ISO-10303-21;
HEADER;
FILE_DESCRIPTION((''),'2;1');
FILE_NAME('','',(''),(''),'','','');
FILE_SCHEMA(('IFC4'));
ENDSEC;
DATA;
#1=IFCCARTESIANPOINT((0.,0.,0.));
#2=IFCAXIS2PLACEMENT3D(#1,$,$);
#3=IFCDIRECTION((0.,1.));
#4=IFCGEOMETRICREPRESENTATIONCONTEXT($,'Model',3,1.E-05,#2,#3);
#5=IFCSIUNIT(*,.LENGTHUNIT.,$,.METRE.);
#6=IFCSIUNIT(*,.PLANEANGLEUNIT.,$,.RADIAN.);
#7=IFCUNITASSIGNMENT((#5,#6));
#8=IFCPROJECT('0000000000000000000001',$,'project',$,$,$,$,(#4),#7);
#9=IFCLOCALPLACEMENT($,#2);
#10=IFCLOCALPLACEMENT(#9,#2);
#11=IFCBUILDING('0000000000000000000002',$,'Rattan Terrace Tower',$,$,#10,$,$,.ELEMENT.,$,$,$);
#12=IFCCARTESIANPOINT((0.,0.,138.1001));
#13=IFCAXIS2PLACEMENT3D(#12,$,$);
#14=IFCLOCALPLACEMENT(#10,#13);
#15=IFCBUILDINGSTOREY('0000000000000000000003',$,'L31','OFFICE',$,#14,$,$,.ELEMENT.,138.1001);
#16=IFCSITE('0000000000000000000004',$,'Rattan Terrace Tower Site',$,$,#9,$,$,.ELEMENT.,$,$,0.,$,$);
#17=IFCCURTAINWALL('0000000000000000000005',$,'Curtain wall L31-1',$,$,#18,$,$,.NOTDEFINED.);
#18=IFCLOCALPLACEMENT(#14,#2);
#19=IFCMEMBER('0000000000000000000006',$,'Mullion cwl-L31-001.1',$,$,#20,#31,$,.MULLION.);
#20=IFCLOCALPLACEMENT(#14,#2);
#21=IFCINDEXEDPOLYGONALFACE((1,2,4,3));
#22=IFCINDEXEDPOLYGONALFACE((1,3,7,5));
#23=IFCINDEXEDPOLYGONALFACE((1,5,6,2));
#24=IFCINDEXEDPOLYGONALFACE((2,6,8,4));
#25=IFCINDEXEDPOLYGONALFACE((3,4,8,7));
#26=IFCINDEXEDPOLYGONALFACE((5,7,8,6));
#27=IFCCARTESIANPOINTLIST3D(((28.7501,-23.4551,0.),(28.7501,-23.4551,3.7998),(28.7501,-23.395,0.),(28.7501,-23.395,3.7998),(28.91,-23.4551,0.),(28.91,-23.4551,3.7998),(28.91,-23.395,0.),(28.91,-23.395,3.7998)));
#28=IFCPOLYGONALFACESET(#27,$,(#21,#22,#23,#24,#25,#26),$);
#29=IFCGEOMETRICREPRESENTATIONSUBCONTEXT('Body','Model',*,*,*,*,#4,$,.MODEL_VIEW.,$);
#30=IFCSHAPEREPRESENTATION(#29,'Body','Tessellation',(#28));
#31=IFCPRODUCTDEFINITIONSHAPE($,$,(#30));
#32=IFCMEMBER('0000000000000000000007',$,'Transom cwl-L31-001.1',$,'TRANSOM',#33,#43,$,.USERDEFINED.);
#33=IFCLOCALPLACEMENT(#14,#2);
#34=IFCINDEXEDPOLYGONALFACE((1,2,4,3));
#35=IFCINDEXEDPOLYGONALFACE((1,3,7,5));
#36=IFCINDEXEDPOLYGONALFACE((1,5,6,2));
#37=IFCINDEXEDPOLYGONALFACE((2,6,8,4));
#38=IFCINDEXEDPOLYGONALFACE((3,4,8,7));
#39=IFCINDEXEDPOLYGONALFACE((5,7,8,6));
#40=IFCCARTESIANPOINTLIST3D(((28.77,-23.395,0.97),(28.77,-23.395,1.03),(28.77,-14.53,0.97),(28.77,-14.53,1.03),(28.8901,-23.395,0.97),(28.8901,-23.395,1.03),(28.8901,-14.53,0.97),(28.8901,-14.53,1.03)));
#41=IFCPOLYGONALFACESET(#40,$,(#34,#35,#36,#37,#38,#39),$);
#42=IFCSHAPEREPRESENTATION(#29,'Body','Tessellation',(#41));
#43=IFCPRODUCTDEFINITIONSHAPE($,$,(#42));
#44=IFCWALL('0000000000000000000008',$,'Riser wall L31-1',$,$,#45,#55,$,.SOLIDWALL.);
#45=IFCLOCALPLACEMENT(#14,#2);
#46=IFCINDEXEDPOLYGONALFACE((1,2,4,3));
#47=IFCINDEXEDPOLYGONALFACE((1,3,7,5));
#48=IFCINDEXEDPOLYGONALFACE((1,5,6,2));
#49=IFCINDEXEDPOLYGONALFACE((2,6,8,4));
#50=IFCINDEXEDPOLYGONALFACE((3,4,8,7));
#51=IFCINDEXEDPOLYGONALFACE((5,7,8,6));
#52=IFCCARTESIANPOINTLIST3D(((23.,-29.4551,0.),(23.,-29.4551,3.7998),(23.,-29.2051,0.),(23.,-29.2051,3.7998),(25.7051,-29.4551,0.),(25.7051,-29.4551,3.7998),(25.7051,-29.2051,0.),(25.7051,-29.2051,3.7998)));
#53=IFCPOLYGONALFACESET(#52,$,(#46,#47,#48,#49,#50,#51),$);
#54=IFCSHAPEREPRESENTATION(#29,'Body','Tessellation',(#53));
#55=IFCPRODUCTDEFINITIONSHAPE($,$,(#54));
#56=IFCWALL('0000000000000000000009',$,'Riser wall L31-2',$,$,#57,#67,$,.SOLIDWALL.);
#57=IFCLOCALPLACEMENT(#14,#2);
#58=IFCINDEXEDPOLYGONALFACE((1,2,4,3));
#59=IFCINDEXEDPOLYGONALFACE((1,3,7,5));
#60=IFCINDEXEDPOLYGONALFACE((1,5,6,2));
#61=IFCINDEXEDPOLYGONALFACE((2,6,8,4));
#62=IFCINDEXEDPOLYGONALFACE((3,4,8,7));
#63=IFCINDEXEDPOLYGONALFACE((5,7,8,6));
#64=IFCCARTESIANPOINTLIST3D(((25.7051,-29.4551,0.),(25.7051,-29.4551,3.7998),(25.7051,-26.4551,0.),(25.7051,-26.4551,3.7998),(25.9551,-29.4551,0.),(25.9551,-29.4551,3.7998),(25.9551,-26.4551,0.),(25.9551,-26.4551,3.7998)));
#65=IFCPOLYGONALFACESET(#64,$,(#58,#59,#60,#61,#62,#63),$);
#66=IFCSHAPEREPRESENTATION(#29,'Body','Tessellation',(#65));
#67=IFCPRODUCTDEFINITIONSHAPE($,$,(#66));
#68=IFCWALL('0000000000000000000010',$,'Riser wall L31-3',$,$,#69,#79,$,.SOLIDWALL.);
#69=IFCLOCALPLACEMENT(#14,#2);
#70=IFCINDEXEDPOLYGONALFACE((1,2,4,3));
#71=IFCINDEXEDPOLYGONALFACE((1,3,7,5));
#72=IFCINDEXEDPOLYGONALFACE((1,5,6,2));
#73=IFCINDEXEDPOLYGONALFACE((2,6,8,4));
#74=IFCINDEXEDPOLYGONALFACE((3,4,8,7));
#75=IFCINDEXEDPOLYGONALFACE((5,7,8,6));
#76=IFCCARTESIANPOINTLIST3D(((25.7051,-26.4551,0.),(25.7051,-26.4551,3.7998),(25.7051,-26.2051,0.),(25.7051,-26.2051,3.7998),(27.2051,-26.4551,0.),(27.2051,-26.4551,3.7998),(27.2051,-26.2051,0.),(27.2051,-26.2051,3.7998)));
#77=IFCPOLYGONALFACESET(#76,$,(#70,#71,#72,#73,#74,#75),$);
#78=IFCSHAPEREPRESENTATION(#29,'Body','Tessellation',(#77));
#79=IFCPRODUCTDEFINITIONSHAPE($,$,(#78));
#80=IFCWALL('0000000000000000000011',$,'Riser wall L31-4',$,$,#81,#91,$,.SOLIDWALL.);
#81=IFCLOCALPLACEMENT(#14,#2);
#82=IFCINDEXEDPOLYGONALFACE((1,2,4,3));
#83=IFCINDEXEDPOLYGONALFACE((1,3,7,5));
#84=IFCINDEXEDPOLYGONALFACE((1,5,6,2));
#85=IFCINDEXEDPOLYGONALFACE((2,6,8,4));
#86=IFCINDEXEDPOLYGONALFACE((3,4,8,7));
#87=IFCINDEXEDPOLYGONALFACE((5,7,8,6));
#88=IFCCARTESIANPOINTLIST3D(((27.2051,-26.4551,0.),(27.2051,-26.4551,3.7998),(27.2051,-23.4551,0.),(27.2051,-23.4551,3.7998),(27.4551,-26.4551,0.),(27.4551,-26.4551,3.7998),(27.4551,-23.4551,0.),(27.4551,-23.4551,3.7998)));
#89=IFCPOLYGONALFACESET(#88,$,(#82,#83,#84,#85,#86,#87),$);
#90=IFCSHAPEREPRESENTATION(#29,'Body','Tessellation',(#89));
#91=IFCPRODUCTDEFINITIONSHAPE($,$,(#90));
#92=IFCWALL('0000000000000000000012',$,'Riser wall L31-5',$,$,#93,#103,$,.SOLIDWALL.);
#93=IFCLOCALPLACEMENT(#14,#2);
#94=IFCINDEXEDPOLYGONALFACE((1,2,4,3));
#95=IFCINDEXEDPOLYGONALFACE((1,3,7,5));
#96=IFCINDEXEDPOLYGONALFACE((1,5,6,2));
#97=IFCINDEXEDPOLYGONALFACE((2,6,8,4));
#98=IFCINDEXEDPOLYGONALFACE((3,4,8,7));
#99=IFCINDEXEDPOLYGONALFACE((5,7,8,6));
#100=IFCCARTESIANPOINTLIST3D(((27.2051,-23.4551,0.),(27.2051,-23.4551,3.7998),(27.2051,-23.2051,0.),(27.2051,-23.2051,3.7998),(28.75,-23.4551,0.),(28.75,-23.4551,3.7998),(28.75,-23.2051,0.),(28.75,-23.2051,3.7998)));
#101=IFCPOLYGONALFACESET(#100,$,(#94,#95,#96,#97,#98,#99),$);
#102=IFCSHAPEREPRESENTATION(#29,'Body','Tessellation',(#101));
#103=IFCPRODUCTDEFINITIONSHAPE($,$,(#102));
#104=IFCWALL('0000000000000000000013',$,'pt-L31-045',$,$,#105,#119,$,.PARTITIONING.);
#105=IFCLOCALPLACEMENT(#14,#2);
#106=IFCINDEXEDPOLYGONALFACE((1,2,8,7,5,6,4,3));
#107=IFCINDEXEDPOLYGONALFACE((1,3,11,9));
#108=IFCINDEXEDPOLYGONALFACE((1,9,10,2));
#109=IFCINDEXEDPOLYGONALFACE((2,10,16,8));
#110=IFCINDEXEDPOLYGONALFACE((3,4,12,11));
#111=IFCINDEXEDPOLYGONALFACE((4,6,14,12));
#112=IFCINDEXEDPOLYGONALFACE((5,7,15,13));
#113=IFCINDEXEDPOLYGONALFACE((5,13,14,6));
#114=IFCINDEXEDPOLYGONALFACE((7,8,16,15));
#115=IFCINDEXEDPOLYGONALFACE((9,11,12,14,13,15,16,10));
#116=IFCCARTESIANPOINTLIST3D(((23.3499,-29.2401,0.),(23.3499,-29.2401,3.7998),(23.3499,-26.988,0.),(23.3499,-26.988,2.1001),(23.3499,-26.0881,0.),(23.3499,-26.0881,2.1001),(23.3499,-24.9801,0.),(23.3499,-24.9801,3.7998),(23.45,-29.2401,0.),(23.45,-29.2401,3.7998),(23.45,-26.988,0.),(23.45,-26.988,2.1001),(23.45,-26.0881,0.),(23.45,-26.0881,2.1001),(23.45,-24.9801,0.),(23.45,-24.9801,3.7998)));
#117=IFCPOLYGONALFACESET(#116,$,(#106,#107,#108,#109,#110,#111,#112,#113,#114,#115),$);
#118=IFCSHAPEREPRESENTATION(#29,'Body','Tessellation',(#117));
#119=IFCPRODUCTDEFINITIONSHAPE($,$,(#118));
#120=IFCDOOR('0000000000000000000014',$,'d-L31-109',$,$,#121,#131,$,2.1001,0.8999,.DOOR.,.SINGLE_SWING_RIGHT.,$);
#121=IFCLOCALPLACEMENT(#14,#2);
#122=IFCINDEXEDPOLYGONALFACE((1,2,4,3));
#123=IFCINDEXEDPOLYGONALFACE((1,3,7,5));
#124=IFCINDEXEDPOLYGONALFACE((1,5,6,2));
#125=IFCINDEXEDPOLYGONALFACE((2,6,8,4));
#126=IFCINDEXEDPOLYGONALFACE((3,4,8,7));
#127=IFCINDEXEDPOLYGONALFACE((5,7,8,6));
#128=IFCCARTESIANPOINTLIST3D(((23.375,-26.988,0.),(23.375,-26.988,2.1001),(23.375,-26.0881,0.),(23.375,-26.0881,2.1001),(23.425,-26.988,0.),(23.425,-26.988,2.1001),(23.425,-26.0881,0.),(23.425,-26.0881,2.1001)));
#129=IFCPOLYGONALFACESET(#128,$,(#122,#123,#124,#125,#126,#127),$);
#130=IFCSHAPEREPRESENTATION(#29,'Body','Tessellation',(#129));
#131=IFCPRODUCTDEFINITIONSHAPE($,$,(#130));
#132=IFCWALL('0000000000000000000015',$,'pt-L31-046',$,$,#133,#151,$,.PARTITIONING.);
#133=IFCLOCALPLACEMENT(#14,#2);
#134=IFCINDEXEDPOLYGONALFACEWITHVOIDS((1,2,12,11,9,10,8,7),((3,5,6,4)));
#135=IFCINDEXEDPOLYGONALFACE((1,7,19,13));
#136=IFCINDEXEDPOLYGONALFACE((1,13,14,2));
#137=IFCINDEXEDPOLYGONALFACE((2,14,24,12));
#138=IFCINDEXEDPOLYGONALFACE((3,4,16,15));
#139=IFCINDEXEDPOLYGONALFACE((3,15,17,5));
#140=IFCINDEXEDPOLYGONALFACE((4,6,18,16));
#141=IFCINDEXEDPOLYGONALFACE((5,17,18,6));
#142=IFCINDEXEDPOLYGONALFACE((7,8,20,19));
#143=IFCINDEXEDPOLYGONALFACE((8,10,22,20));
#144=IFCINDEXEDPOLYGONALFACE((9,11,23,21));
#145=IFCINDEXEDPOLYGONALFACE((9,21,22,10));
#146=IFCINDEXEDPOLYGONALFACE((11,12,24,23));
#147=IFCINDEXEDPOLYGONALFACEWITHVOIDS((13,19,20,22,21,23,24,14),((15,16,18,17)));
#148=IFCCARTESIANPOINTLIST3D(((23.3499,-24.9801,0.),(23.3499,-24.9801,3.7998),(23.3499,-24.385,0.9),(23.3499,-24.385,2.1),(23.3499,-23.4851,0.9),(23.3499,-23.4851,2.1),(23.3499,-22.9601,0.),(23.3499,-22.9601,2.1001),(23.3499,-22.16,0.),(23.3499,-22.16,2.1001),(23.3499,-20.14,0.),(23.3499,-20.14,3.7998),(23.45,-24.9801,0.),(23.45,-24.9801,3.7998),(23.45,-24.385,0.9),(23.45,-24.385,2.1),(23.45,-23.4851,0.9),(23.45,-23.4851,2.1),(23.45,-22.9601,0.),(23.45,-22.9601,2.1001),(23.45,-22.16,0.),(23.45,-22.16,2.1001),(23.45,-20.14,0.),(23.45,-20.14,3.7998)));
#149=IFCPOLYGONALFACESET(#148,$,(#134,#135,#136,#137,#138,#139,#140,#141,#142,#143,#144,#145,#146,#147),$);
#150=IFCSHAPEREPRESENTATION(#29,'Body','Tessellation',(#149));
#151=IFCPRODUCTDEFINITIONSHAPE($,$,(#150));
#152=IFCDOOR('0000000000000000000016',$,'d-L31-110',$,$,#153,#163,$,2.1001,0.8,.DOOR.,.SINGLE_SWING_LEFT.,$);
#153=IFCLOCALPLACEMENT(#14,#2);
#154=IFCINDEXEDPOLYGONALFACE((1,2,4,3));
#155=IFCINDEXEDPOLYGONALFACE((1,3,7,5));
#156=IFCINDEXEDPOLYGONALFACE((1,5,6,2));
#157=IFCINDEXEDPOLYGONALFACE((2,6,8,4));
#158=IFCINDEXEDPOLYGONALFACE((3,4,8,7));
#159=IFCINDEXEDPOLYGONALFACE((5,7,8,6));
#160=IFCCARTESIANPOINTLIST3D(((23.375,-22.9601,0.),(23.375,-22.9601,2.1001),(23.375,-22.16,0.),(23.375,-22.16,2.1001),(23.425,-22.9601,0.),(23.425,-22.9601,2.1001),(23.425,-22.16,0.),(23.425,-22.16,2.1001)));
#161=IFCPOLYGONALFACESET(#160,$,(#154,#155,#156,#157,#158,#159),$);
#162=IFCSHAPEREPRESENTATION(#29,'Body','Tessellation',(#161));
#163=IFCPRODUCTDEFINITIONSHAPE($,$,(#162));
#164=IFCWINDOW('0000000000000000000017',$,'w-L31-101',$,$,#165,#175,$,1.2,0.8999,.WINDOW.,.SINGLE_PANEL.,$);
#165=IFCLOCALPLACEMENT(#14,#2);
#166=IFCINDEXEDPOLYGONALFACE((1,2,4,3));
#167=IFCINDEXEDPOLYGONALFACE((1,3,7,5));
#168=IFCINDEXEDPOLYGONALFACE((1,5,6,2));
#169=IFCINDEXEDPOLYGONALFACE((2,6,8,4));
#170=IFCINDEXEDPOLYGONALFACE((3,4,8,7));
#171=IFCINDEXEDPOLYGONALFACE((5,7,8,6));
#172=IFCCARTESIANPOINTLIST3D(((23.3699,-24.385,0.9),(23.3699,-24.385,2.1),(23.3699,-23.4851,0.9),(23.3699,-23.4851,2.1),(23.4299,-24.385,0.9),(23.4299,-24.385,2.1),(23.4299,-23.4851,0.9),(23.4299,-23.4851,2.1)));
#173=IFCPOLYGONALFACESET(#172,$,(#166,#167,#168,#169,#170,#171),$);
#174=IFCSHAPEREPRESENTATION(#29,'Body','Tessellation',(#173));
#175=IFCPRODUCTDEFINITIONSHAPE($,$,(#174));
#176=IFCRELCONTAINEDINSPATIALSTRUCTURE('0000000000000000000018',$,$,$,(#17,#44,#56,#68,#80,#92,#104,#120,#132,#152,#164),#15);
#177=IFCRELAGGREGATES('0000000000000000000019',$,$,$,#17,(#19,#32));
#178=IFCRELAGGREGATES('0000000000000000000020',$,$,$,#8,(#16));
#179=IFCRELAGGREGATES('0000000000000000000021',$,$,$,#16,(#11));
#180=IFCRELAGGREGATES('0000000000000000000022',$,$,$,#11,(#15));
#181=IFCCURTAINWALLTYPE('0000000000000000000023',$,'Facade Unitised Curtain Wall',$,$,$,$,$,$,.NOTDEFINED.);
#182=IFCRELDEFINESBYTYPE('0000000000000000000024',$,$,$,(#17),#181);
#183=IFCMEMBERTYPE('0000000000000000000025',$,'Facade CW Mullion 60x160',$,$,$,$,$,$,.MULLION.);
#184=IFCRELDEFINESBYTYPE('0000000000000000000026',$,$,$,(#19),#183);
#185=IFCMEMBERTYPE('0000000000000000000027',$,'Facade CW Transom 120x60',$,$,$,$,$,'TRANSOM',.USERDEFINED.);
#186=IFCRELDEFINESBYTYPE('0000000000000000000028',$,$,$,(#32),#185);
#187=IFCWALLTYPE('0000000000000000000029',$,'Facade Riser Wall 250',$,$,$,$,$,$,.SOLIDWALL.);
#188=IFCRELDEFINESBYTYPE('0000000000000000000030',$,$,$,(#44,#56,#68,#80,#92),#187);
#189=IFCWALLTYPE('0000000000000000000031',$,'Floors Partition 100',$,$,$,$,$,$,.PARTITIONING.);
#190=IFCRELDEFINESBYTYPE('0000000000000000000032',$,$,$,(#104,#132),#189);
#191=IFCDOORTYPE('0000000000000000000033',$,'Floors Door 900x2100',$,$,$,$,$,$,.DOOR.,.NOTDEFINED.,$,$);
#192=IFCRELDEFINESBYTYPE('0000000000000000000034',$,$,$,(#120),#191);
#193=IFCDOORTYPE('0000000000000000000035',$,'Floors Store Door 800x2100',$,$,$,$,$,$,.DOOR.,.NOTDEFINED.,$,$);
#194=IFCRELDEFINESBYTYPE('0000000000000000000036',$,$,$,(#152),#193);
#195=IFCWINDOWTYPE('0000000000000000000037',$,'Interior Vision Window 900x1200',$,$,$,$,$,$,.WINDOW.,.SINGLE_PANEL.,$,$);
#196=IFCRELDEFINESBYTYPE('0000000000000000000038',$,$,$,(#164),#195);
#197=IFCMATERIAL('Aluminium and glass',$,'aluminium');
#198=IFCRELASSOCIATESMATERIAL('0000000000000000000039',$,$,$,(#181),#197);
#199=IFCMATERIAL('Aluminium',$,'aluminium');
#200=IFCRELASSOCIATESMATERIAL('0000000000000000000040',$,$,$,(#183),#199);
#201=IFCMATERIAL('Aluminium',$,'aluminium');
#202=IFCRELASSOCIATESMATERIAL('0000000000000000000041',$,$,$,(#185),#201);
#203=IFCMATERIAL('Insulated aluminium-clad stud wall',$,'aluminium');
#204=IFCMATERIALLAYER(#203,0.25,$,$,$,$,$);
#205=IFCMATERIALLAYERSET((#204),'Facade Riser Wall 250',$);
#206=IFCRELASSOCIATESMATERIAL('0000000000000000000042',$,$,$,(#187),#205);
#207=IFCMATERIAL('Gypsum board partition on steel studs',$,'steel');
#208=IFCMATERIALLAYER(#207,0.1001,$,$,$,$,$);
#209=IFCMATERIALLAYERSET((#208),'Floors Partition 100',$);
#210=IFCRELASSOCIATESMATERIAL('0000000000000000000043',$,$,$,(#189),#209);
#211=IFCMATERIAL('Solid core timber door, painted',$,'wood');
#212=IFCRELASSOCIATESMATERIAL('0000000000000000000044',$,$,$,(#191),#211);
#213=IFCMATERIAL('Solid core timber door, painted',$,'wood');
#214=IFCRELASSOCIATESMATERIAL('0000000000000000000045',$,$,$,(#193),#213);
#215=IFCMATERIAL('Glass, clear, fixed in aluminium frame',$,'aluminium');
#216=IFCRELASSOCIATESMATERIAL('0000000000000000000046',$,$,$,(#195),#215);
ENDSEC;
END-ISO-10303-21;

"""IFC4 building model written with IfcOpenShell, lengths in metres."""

from ifc_helpers import new_model, si_unit, direction, frame, frame_2d, origin, origin_2d, place, context, subcontext, project, spatial, rectangle, extrude, material, layer, layer_set, material_profile, profile_set, type_object, element, fill, aggregate, save


model = new_model("IFC4")

# Units and contexts
model_context = context("Model", 3, precision=1e-05, world=origin(), true_north=direction((0.0, 1.0)))
body_context = subcontext(model_context, "Body", "Model", "MODEL_VIEW")
ifc_project = project(units=[si_unit("LENGTHUNIT", "METRE"), si_unit("PLANEANGLEUNIT", "RADIAN")], contexts=[model_context])

# Site, building, storey
site_placement = place(None, origin())
site = spatial("IfcSite", under=ifc_project, at=site_placement, Name="Rattan Terrace Tower Site", CompositionType="ELEMENT", RefElevation=0.0)
building_placement = place(site_placement, origin())
building = spatial("IfcBuilding", under=site, at=building_placement, Name="Rattan Terrace Tower", CompositionType="ELEMENT")
storey_placement = place(building_placement, frame((0.0, 0.0, 138.1001)))
storey = spatial("IfcBuildingStorey", under=building, at=storey_placement, Name="L31", Description="OFFICE", CompositionType="ELEMENT", Elevation=138.1001)

# Curtain wall, members
ifc_material_1 = material(Name="Aluminium and glass", Category="aluminium")
curtain_wall_type = type_object("IfcCurtainWallType", Name="Facade Unitised Curtain Wall", PredefinedType="NOTDEFINED", material=ifc_material_1)
curtain_wall_placement = place(storey_placement, origin())
curtain_wall = element("IfcCurtainWall", 1, at=curtain_wall_placement, inside=storey, type_object=curtain_wall_type, Name="Curtain wall L31-1", PredefinedType="NOTDEFINED")
ifc_material_2 = material(Name="Aluminium", Category="aluminium")
ifc_material_profile_1 = material_profile(ifc_material_2, rectangle(XDim=0.0601, YDim=0.1599, at=origin_2d()), Name="Aluminium 60x160")
ifc_profile_set_1 = profile_set([ifc_material_profile_1], Name="Aluminium")
member_type_1 = type_object("IfcMemberType", Name="Facade CW Mullion 60x160", PredefinedType="MULLION", material=ifc_profile_set_1)
member_1_placement = place(storey_placement, frame((28.8301, -23.425, 0.0), z_axis=(0.0, 0.0, 1.0), x_axis=(0.0, 1.0, 0.0)))
member_1 = element("IfcMember", 2, at=member_1_placement, type_object=member_type_1, Name="Mullion cwl-L31-001.1", PredefinedType="MULLION", context=body_context, shape_type="SweptSolid", body=[
    extrude(rectangle(XDim=0.0601, YDim=0.1599, at=origin_2d()), origin(), (0.0, 0.0, 1.0), 3.7998),
])
ifc_material_3 = material(Name="Aluminium", Category="aluminium")
ifc_material_profile_2 = material_profile(ifc_material_3, rectangle(XDim=0.1201, YDim=0.0601, at=origin_2d()), Name="Aluminium 120x60")
ifc_profile_set_2 = profile_set([ifc_material_profile_2], Name="Aluminium")
member_type_2 = type_object("IfcMemberType", Name="Facade CW Transom 120x60", ElementType="TRANSOM", PredefinedType="USERDEFINED", material=ifc_profile_set_2)
member_2_placement = place(storey_placement, frame((28.8301, -23.395, 1.0), z_axis=(0.0, 1.0, 0.0), x_axis=(-1.0, 0.0, 0.0)))
member_2 = element("IfcMember", 3, at=member_2_placement, type_object=member_type_2, Name="Transom cwl-L31-001.1", ObjectType="TRANSOM", PredefinedType="USERDEFINED", context=body_context, shape_type="SweptSolid", body=[
    extrude(rectangle(XDim=0.1201, YDim=0.0601, at=origin_2d()), origin(), (0.0, 0.0, 1.0), 8.865),
])
aggregate(curtain_wall, [member_1, member_2])

# Walls
ifc_material_4 = material(Name="Insulated aluminium-clad stud wall", Category="aluminium")
ifc_layer_1 = layer(ifc_material_4, 0.25)
ifc_layer_set_1 = layer_set([ifc_layer_1], Name="Facade Riser Wall 250")
wall_type_1 = type_object("IfcWallType", Name="Facade Riser Wall 250", PredefinedType="SOLIDWALL", material=ifc_layer_set_1)
wall_1_placement = place(storey_placement, frame((23.0, -29.3301, 0.0), z_axis=(0.0, 0.0, 1.0), x_axis=(1.0, 0.0, 0.0)))
element("IfcWall", 4, at=wall_1_placement, inside=storey, type_object=wall_type_1, Name="Riser wall L31-1", PredefinedType="SOLIDWALL", context=body_context, shape_type="SweptSolid", body=[
    extrude(rectangle(XDim=2.7051, YDim=0.25, at=frame_2d((1.3525, 0.0))), origin(), (0.0, 0.0, 1.0), 3.7998),
])
wall_2_placement = place(storey_placement, frame((25.8301, -29.4551, 0.0), z_axis=(0.0, 0.0, 1.0), x_axis=(0.0, 1.0, 0.0)))
element("IfcWall", 5, at=wall_2_placement, inside=storey, type_object=wall_type_1, Name="Riser wall L31-2", PredefinedType="SOLIDWALL", context=body_context, shape_type="SweptSolid", body=[
    extrude(rectangle(XDim=3.0, YDim=0.25, at=frame_2d((1.5, 0.0))), origin(), (0.0, 0.0, 1.0), 3.7998),
])
wall_3_placement = place(storey_placement, frame((25.7051, -26.3301, 0.0), z_axis=(0.0, 0.0, 1.0), x_axis=(1.0, 0.0, 0.0)))
element("IfcWall", 6, at=wall_3_placement, inside=storey, type_object=wall_type_1, Name="Riser wall L31-3", PredefinedType="SOLIDWALL", context=body_context, shape_type="SweptSolid", body=[
    extrude(rectangle(XDim=1.5, YDim=0.25, at=frame_2d((0.75, 0.0))), origin(), (0.0, 0.0, 1.0), 3.7998),
])
wall_4_placement = place(storey_placement, frame((27.3301, -26.4551, 0.0), z_axis=(0.0, 0.0, 1.0), x_axis=(0.0, 1.0, 0.0)))
element("IfcWall", 7, at=wall_4_placement, inside=storey, type_object=wall_type_1, Name="Riser wall L31-4", PredefinedType="SOLIDWALL", context=body_context, shape_type="SweptSolid", body=[
    extrude(rectangle(XDim=3.0, YDim=0.25, at=frame_2d((1.5, 0.0))), origin(), (0.0, 0.0, 1.0), 3.7998),
])
wall_5_placement = place(storey_placement, frame((27.2051, -23.3301, 0.0), z_axis=(0.0, 0.0, 1.0), x_axis=(1.0, 0.0, 0.0)))
element("IfcWall", 8, at=wall_5_placement, inside=storey, type_object=wall_type_1, Name="Riser wall L31-5", PredefinedType="SOLIDWALL", context=body_context, shape_type="SweptSolid", body=[
    extrude(rectangle(XDim=1.5449, YDim=0.25, at=frame_2d((0.7725, 0.0))), origin(), (0.0, 0.0, 1.0), 3.7998),
])

# Wall, opening, door
ifc_material_5 = material(Name="Gypsum board partition on steel studs", Category="steel")
ifc_layer_2 = layer(ifc_material_5, 0.1001)
ifc_layer_set_2 = layer_set([ifc_layer_2], Name="Floors Partition 100")
wall_type_2 = type_object("IfcWallType", Name="Floors Partition 100", PredefinedType="PARTITIONING", material=ifc_layer_set_2)
wall_6_placement = place(storey_placement, frame((23.3999, -29.24, 0.0), z_axis=(0.0, 0.0, 1.0), x_axis=(0.0, 1.0, 0.0)))
wall_6 = element("IfcWall", 9, at=wall_6_placement, inside=storey, type_object=wall_type_2, Name="pt-L31-045", PredefinedType="PARTITIONING", context=body_context, shape_type="SweptSolid", body=[
    extrude(rectangle(XDim=4.26, YDim=0.1001, at=frame_2d((2.1299, 0.0))), origin(), (0.0, 0.0, 1.0), 3.7998),
])
opening_1_placement = place(wall_6_placement, frame((2.252, 0.0, 0.0)))
opening_1 = element("IfcOpeningElement", 10, at=opening_1_placement, cuts=wall_6, PredefinedType="OPENING", context=body_context, shape_type="SweptSolid", body=[
    extrude(rectangle(XDim=0.8999, YDim=2.1001, at=frame_2d((0.45, 1.05))), frame((0.0, 0.0605, 0.0), z_axis=(0.0, -1.0, 0.0), x_axis=(1.0, 0.0, 0.0)), (0.0, 0.0, 1.0), 0.1211),
])
ifc_material_6 = material(Name="Solid core timber door, painted", Category="wood")
door_type_1 = type_object("IfcDoorType", Name="Floors Door 900x2100", OperationType="NOTDEFINED", PredefinedType="DOOR", material=ifc_material_6)
door_1_placement = place(opening_1_placement, origin())
door_1 = element("IfcDoor", 11, at=door_1_placement, inside=storey, type_object=door_type_1, Name="d-L31-109", OperationType="SINGLE_SWING_RIGHT", OverallHeight=2.1001, OverallWidth=0.8999, PredefinedType="DOOR", context=body_context, shape_type="SweptSolid", body=[
    extrude(rectangle(XDim=0.8999, YDim=2.1001, at=frame_2d((0.45, 1.05))), frame((0.0, 0.0249, 0.0), z_axis=(0.0, -1.0, 0.0), x_axis=(1.0, 0.0, 0.0)), (0.0, 0.0, 1.0), 0.05),
])
fill(opening_1, door_1)

# Wall, openings, door, window
wall_7_placement = place(storey_placement, frame((23.3999, -24.98, 0.0), z_axis=(0.0, 0.0, 1.0), x_axis=(0.0, 1.0, 0.0)))
wall_7 = element("IfcWall", 12, at=wall_7_placement, inside=storey, type_object=wall_type_2, Name="pt-L31-046", PredefinedType="PARTITIONING", context=body_context, shape_type="SweptSolid", body=[
    extrude(rectangle(XDim=4.8401, YDim=0.1001, at=frame_2d((2.4199, 0.0))), origin(), (0.0, 0.0, 1.0), 3.7998),
])
opening_2_placement = place(wall_7_placement, frame((2.02, 0.0, 0.0)))
opening_2 = element("IfcOpeningElement", 13, at=opening_2_placement, cuts=wall_7, PredefinedType="OPENING", context=body_context, shape_type="SweptSolid", body=[
    extrude(rectangle(XDim=0.8, YDim=2.1001, at=frame_2d((0.3999, 1.05))), frame((0.0, 0.0605, 0.0), z_axis=(0.0, -1.0, 0.0), x_axis=(1.0, 0.0, 0.0)), (0.0, 0.0, 1.0), 0.1211),
])
opening_3_placement = place(wall_7_placement, frame((0.595, 0.0, 0.8999)))
opening_3 = element("IfcOpeningElement", 14, at=opening_3_placement, cuts=wall_7, PredefinedType="OPENING", context=body_context, shape_type="SweptSolid", body=[
    extrude(rectangle(XDim=0.8999, YDim=1.2, at=frame_2d((0.45, 0.6001))), frame((0.0, 0.0605, 0.0), z_axis=(0.0, -1.0, 0.0), x_axis=(1.0, 0.0, 0.0)), (0.0, 0.0, 1.0), 0.1211),
])
ifc_material_7 = material(Name="Solid core timber door, painted", Category="wood")
door_type_2 = type_object("IfcDoorType", Name="Floors Store Door 800x2100", OperationType="NOTDEFINED", PredefinedType="DOOR", material=ifc_material_7)
door_2_placement = place(opening_2_placement, origin())
door_2 = element("IfcDoor", 15, at=door_2_placement, inside=storey, type_object=door_type_2, Name="d-L31-110", OperationType="SINGLE_SWING_LEFT", OverallHeight=2.1001, OverallWidth=0.8, PredefinedType="DOOR", context=body_context, shape_type="SweptSolid", body=[
    extrude(rectangle(XDim=0.8, YDim=2.1001, at=frame_2d((0.3999, 1.05))), frame((0.0, 0.0249, 0.0), z_axis=(0.0, -1.0, 0.0), x_axis=(1.0, 0.0, 0.0)), (0.0, 0.0, 1.0), 0.05),
])
fill(opening_2, door_2)
ifc_material_8 = material(Name="Glass, clear, fixed in aluminium frame", Category="aluminium")
window_type_1 = type_object("IfcWindowType", Name="Interior Vision Window 900x1200", PartitioningType="SINGLE_PANEL", PredefinedType="WINDOW", material=ifc_material_8)
window_1_placement = place(opening_3_placement, origin())
window_1 = element("IfcWindow", 16, at=window_1_placement, inside=storey, type_object=window_type_1, Name="w-L31-101", OverallHeight=1.2, OverallWidth=0.8999, PartitioningType="SINGLE_PANEL", PredefinedType="WINDOW", context=body_context, shape_type="SweptSolid", body=[
    extrude(rectangle(XDim=0.8999, YDim=1.2, at=frame_2d((0.45, 0.6001))), frame((0.0, 0.03, 0.0), z_axis=(0.0, -1.0, 0.0), x_axis=(1.0, 0.0, 0.0)), (0.0, 0.0, 1.0), 0.0601),
])
fill(opening_3, window_1)

save(model, "model.ifc")
